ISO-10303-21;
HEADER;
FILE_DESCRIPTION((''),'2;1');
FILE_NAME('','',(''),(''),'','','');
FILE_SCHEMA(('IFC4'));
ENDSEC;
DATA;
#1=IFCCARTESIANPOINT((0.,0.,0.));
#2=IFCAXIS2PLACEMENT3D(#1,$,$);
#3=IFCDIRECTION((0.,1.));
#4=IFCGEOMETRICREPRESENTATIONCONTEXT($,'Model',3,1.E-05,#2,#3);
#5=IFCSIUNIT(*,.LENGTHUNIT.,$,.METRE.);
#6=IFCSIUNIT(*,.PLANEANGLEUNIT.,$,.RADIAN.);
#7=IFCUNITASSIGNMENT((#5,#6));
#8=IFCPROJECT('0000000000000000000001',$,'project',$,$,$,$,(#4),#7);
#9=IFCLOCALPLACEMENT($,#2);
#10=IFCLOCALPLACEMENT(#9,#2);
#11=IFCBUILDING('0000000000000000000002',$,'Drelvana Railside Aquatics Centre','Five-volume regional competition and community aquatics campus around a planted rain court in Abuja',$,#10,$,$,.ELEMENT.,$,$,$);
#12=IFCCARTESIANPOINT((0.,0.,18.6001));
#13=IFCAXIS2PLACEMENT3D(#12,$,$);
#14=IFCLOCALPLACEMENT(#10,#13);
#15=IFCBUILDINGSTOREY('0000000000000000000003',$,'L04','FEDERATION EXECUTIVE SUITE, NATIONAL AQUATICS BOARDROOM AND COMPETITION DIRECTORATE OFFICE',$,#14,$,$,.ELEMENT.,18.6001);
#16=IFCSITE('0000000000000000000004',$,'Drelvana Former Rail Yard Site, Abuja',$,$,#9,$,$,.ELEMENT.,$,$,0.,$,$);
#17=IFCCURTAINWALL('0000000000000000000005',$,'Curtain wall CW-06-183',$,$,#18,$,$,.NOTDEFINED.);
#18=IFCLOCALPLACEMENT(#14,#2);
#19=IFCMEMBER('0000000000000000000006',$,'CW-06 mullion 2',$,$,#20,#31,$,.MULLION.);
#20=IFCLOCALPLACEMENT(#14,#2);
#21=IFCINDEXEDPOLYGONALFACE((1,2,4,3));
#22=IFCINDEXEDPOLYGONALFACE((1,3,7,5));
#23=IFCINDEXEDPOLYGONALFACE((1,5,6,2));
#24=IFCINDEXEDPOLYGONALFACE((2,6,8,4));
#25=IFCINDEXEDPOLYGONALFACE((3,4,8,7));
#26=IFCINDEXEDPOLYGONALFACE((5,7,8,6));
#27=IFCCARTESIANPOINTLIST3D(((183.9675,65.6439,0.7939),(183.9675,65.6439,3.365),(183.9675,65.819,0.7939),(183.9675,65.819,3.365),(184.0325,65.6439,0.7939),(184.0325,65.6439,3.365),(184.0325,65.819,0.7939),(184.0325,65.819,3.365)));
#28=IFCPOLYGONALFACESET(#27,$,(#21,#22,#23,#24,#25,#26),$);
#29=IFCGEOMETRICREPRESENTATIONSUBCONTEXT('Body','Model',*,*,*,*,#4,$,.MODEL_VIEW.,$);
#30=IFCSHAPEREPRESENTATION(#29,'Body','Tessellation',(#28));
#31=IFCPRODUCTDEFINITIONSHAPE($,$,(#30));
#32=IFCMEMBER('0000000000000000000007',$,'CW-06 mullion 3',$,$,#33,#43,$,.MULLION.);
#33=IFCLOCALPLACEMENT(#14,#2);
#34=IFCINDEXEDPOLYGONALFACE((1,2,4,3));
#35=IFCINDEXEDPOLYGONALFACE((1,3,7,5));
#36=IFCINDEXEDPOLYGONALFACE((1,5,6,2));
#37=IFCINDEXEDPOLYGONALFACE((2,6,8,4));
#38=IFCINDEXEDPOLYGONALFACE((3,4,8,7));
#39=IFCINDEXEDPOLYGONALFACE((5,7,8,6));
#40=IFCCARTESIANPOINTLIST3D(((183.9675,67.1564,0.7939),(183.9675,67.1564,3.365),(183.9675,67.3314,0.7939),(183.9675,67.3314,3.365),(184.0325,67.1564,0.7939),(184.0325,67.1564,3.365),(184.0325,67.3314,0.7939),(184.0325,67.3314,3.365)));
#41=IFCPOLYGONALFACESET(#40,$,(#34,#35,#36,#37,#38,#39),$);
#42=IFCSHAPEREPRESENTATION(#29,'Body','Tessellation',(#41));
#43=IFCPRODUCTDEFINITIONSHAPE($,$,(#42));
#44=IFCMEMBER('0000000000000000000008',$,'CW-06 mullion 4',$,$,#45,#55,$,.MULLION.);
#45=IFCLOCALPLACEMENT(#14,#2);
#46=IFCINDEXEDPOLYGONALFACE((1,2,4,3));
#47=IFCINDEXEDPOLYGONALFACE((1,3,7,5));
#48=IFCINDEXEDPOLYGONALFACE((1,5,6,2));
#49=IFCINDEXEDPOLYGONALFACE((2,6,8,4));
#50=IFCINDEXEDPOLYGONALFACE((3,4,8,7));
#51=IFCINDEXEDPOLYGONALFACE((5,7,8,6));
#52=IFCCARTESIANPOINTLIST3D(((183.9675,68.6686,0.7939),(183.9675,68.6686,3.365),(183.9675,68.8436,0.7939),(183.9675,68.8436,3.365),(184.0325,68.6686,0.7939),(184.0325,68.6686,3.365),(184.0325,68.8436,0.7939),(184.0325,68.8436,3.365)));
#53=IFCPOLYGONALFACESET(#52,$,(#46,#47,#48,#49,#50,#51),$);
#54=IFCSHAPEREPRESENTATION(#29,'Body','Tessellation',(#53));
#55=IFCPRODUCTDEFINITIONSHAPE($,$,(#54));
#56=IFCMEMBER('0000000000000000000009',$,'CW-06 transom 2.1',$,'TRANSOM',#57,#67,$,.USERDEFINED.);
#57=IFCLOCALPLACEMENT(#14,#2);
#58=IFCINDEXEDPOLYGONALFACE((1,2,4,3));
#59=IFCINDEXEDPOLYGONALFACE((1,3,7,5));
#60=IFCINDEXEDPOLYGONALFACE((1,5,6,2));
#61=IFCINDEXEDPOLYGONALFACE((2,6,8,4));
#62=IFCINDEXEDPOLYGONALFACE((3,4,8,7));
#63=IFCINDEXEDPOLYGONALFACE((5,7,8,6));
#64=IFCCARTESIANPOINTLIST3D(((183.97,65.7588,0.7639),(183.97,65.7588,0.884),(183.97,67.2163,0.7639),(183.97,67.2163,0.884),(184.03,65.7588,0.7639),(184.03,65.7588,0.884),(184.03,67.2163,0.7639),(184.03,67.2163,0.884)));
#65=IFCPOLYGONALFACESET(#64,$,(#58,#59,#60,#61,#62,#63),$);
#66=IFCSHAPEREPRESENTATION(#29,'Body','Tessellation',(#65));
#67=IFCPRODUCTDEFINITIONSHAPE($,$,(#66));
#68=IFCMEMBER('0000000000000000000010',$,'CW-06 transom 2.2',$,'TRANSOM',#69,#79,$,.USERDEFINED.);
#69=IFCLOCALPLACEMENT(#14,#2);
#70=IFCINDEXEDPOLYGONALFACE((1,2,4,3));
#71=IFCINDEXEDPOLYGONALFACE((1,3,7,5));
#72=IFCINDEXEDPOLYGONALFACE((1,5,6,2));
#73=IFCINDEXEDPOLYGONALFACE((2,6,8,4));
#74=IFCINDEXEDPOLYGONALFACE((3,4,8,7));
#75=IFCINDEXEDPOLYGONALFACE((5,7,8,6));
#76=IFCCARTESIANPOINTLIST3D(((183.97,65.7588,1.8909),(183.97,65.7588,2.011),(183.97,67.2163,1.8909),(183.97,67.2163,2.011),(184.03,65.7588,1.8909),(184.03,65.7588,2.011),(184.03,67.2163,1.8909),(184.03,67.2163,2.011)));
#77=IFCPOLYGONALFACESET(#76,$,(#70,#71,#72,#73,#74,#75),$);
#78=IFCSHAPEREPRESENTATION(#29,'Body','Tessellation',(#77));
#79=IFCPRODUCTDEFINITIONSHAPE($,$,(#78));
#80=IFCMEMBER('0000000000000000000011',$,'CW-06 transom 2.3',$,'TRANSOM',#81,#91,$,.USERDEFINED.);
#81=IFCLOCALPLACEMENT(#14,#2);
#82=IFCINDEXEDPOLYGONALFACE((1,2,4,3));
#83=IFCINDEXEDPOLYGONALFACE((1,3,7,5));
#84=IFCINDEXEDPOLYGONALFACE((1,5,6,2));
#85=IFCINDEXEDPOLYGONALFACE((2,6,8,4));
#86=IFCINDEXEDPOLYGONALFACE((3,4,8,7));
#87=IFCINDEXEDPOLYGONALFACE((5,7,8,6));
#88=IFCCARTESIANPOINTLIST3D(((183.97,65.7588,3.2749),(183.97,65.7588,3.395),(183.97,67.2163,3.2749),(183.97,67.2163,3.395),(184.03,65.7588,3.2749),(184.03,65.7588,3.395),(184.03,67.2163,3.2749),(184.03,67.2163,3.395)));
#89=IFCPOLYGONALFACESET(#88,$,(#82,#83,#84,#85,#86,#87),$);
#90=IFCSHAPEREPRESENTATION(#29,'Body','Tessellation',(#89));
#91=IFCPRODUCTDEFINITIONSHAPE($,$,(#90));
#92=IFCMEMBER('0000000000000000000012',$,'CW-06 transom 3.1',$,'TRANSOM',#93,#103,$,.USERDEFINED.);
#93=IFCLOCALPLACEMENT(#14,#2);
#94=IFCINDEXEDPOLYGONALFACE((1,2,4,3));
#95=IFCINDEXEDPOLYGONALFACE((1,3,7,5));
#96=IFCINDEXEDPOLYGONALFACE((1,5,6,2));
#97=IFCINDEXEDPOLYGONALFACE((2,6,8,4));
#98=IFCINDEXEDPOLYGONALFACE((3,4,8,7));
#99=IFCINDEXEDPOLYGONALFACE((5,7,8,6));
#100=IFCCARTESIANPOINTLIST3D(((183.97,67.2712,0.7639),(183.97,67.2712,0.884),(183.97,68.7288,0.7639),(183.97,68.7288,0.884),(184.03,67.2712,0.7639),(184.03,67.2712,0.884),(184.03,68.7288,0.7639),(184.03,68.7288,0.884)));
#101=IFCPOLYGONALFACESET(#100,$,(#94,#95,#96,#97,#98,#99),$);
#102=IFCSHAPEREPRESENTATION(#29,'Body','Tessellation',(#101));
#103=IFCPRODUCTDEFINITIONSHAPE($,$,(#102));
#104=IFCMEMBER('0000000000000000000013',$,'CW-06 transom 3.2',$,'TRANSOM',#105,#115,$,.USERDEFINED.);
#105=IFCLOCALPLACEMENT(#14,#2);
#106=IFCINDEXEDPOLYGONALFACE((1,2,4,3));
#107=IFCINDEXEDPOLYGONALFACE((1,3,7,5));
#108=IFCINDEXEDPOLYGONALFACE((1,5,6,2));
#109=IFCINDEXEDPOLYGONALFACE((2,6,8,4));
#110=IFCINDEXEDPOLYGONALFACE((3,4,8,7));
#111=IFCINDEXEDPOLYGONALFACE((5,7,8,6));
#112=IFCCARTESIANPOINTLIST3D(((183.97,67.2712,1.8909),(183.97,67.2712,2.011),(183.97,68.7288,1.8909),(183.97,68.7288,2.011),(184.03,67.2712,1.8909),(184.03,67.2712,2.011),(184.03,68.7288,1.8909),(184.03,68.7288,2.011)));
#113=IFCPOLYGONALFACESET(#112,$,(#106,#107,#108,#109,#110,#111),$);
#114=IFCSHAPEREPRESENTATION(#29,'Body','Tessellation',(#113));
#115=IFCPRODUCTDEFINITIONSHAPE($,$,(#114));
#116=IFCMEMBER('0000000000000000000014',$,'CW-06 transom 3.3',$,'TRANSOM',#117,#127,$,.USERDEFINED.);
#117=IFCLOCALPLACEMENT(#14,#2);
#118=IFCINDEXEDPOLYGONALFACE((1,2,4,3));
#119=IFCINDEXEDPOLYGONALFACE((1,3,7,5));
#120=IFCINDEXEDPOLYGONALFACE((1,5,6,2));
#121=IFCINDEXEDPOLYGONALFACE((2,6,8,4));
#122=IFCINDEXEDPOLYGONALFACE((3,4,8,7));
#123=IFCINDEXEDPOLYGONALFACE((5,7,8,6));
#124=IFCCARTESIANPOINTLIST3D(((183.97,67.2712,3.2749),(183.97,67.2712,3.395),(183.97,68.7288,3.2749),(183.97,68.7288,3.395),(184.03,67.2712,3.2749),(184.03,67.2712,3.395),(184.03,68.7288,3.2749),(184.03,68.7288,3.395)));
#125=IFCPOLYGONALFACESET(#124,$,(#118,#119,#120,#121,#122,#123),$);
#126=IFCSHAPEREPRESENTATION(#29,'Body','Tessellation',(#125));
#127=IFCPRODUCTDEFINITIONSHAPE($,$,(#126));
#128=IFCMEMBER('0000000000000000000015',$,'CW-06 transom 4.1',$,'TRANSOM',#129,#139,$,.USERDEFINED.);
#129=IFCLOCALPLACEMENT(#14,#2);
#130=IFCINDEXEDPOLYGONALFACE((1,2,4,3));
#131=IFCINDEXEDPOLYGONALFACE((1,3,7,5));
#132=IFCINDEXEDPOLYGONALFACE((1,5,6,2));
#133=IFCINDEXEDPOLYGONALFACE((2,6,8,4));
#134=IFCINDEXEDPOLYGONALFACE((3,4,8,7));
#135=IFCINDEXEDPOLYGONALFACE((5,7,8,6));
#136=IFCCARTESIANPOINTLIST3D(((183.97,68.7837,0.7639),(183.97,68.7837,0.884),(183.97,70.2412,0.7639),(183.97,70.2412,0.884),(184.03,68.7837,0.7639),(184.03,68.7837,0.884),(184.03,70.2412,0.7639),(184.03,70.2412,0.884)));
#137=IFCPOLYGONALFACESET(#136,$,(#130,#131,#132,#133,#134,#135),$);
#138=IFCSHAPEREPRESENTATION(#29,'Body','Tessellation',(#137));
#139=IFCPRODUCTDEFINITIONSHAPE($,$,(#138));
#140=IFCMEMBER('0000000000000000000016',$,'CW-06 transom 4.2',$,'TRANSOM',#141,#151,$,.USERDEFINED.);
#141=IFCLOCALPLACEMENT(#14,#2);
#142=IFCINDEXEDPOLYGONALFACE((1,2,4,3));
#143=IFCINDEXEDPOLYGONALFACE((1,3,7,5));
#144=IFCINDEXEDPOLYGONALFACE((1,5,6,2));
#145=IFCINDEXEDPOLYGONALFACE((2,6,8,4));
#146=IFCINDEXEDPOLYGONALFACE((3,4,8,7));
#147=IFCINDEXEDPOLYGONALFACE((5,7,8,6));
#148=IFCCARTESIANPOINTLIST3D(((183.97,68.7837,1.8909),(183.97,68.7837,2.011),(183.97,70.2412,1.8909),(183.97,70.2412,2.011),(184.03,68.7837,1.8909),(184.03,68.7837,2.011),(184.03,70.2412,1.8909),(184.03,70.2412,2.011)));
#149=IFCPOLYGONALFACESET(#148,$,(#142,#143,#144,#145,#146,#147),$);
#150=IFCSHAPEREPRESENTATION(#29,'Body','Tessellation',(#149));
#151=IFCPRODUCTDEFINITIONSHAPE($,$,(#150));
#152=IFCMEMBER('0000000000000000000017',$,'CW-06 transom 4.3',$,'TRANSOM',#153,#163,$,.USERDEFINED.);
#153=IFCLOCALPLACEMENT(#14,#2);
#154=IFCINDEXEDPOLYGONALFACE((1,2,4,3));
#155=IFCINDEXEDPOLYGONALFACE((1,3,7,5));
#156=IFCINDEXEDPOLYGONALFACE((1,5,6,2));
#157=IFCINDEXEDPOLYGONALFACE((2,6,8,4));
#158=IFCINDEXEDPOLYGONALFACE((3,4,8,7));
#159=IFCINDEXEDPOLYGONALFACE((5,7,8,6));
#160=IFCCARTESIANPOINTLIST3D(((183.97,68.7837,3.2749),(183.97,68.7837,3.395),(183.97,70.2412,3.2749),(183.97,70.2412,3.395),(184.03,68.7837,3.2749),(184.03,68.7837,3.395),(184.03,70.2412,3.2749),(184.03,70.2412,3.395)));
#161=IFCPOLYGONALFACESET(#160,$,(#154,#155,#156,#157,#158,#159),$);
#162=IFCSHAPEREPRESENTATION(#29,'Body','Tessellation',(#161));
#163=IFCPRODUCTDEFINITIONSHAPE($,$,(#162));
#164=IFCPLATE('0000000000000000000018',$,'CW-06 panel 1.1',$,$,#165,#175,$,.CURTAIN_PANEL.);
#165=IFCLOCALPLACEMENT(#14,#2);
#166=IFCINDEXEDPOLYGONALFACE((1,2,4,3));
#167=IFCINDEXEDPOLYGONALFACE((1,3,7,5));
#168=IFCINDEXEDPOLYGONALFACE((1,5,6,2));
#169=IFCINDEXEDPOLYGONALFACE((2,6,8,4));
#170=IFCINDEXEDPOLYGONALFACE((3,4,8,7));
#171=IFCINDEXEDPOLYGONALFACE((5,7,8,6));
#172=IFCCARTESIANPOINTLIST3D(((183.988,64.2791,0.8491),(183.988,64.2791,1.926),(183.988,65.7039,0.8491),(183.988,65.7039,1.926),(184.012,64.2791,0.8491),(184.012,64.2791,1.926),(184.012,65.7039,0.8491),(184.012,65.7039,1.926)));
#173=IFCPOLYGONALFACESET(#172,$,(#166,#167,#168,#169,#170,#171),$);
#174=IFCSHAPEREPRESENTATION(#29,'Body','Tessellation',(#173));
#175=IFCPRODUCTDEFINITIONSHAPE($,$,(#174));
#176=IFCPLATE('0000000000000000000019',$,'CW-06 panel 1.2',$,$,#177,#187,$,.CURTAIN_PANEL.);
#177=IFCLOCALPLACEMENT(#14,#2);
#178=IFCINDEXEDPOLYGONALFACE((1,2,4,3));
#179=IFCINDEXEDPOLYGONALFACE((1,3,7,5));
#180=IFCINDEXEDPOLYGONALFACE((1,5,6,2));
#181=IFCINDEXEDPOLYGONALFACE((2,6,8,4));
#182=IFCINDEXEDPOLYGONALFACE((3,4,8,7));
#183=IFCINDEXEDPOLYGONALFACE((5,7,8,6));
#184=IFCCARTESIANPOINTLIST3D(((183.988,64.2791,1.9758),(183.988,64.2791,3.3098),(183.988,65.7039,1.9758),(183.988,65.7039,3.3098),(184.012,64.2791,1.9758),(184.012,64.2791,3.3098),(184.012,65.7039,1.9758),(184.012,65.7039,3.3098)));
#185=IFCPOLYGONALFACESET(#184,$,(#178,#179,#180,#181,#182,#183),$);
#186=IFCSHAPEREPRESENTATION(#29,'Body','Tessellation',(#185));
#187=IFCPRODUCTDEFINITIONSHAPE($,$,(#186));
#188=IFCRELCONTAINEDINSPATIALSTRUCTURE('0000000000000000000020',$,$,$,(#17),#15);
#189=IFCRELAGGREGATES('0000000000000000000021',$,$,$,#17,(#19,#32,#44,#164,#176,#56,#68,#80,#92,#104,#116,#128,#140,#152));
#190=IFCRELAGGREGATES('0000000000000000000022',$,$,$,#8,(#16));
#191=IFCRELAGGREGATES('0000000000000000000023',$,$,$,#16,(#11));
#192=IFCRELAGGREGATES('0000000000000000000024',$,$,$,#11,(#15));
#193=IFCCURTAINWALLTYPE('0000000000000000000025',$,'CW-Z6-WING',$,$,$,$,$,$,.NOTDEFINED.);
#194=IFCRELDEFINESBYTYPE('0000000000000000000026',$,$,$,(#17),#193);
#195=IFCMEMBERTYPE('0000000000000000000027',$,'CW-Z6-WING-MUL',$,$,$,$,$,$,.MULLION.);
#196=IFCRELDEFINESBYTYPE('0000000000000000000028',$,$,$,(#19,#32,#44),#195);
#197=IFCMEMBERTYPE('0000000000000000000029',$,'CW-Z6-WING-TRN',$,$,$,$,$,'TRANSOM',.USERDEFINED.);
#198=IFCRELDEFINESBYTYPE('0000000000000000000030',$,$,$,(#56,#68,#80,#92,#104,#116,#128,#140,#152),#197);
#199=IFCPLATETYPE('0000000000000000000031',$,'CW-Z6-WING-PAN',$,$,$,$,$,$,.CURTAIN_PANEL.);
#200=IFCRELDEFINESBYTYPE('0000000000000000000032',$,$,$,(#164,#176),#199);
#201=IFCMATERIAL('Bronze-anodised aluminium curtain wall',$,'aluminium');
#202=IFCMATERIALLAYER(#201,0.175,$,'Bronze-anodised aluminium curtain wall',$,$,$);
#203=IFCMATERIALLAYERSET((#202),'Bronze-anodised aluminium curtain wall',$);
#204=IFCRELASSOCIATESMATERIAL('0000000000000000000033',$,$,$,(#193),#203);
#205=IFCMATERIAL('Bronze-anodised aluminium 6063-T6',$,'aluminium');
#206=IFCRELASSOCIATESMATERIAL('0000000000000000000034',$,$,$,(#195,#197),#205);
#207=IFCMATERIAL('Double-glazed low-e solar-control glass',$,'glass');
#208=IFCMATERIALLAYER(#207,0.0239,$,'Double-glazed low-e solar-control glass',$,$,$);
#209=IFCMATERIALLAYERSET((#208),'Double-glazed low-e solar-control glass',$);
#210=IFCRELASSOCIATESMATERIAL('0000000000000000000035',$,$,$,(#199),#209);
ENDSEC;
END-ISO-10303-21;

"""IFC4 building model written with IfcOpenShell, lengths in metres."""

from ifc_helpers import new_model, si_unit, direction, frame, origin, origin_2d, place, context, subcontext, project, spatial, rectangle, extrude, material, layer, layer_set, material_profile, profile_set, type_object, element, aggregate, save


model = new_model("IFC4")

# Units and contexts
model_context = context("Model", 3, precision=1e-05, world=origin(), true_north=direction((0.0, 1.0)))
body_context = subcontext(model_context, "Body", "Model", "MODEL_VIEW")
ifc_project = project(units=[si_unit("LENGTHUNIT", "METRE"), si_unit("PLANEANGLEUNIT", "RADIAN")], contexts=[model_context])

# Site, building, storey
site_placement = place(None, origin())
site = spatial("IfcSite", under=ifc_project, at=site_placement, Name="Drelvana Former Rail Yard Site, Abuja", CompositionType="ELEMENT", RefElevation=0.0)
building_placement = place(site_placement, origin())
building = spatial("IfcBuilding", under=site, at=building_placement, Name="Drelvana Railside Aquatics Centre", Description="Five-volume regional competition and community aquatics campus around a planted rain court in Abuja", CompositionType="ELEMENT")
storey_placement = place(building_placement, frame((0.0, 0.0, 18.6001)))
storey = spatial("IfcBuildingStorey", under=building, at=storey_placement, Name="L04", Description="FEDERATION EXECUTIVE SUITE, NATIONAL AQUATICS BOARDROOM AND COMPETITION DIRECTORATE OFFICE", CompositionType="ELEMENT", Elevation=18.6001)

# Curtain wall, members, plates
ifc_material_1 = material(Name="Bronze-anodised aluminium curtain wall", Category="aluminium")
ifc_layer_1 = layer(ifc_material_1, 0.175, Name="Bronze-anodised aluminium curtain wall")
ifc_layer_set_1 = layer_set([ifc_layer_1], Name="Bronze-anodised aluminium curtain wall")
curtain_wall_type = type_object("IfcCurtainWallType", Name="CW-Z6-WING", PredefinedType="NOTDEFINED", material=ifc_layer_set_1)
curtain_wall_placement = place(storey_placement, origin())
curtain_wall = element("IfcCurtainWall", 1, at=curtain_wall_placement, inside=storey, type_object=curtain_wall_type, Name="Curtain wall CW-06-183", PredefinedType="NOTDEFINED")
ifc_material_2 = material(Name="Bronze-anodised aluminium 6063-T6", Category="aluminium")
ifc_material_profile_1 = material_profile(ifc_material_2, rectangle(XDim=0.0649, YDim=0.175, at=origin_2d()), Name="ALU-M 65x175")
ifc_profile_set_1 = profile_set([ifc_material_profile_1], Name="Bronze-anodised aluminium 6063-T6")
member_type_1 = type_object("IfcMemberType", Name="CW-Z6-WING-MUL", PredefinedType="MULLION", material=ifc_profile_set_1)
member_1_placement = place(storey_placement, frame((184.0, 65.7314, 0.7939), z_axis=(0.0, 0.0, 1.0), x_axis=(-1.0, 0.0, 0.0)))
member_1 = element("IfcMember", 2, at=member_1_placement, type_object=member_type_1, Name="CW-06 mullion 2", PredefinedType="MULLION", context=body_context, shape_type="SweptSolid", body=[
    extrude(rectangle(XDim=0.0649, YDim=0.175, at=origin_2d()), origin(), (0.0, 0.0, 1.0), 2.571),
])
member_2_placement = place(storey_placement, frame((184.0, 67.2439, 0.7939), z_axis=(0.0, 0.0, 1.0), x_axis=(-1.0, 0.0, 0.0)))
member_2 = element("IfcMember", 3, at=member_2_placement, type_object=member_type_1, Name="CW-06 mullion 3", PredefinedType="MULLION", context=body_context, shape_type="SweptSolid", body=[
    extrude(rectangle(XDim=0.0649, YDim=0.175, at=origin_2d()), origin(), (0.0, 0.0, 1.0), 2.571),
])
member_3_placement = place(storey_placement, frame((184.0, 68.7561, 0.7939), z_axis=(0.0, 0.0, 1.0), x_axis=(-1.0, 0.0, 0.0)))
member_3 = element("IfcMember", 4, at=member_3_placement, type_object=member_type_1, Name="CW-06 mullion 4", PredefinedType="MULLION", context=body_context, shape_type="SweptSolid", body=[
    extrude(rectangle(XDim=0.0649, YDim=0.175, at=origin_2d()), origin(), (0.0, 0.0, 1.0), 2.571),
])
ifc_material_profile_2 = material_profile(ifc_material_2, rectangle(XDim=0.1201, YDim=0.0601, at=origin_2d()), Name="ALU-T 60x120")
ifc_profile_set_2 = profile_set([ifc_material_profile_2], Name="Bronze-anodised aluminium 6063-T6")
member_type_2 = type_object("IfcMemberType", Name="CW-Z6-WING-TRN", ElementType="TRANSOM", PredefinedType="USERDEFINED", material=ifc_profile_set_2)
member_4_placement = place(storey_placement, frame((184.0, 65.7588, 0.824), z_axis=(0.0, 1.0, 0.0), x_axis=(0.0, 0.0, 1.0)))
member_4 = element("IfcMember", 5, at=member_4_placement, type_object=member_type_2, Name="CW-06 transom 2.1", ObjectType="TRANSOM", PredefinedType="USERDEFINED", context=body_context, shape_type="SweptSolid", body=[
    extrude(rectangle(XDim=0.1201, YDim=0.0601, at=origin_2d()), origin(), (0.0, 0.0, 1.0), 1.4575),
])
member_5_placement = place(storey_placement, frame((184.0, 65.7588, 1.9509), z_axis=(0.0, 1.0, 0.0), x_axis=(0.0, 0.0, 1.0)))
member_5 = element("IfcMember", 6, at=member_5_placement, type_object=member_type_2, Name="CW-06 transom 2.2", ObjectType="TRANSOM", PredefinedType="USERDEFINED", context=body_context, shape_type="SweptSolid", body=[
    extrude(rectangle(XDim=0.1201, YDim=0.0601, at=origin_2d()), origin(), (0.0, 0.0, 1.0), 1.4575),
])
member_6_placement = place(storey_placement, frame((184.0, 65.7588, 3.335), z_axis=(0.0, 1.0, 0.0), x_axis=(0.0, 0.0, 1.0)))
member_6 = element("IfcMember", 7, at=member_6_placement, type_object=member_type_2, Name="CW-06 transom 2.3", ObjectType="TRANSOM", PredefinedType="USERDEFINED", context=body_context, shape_type="SweptSolid", body=[
    extrude(rectangle(XDim=0.1201, YDim=0.0601, at=origin_2d()), origin(), (0.0, 0.0, 1.0), 1.4575),
])
member_7_placement = place(storey_placement, frame((184.0, 67.2712, 0.824), z_axis=(0.0, 1.0, 0.0), x_axis=(0.0, 0.0, 1.0)))
member_7 = element("IfcMember", 8, at=member_7_placement, type_object=member_type_2, Name="CW-06 transom 3.1", ObjectType="TRANSOM", PredefinedType="USERDEFINED", context=body_context, shape_type="SweptSolid", body=[
    extrude(rectangle(XDim=0.1201, YDim=0.0601, at=origin_2d()), origin(), (0.0, 0.0, 1.0), 1.4575),
])
member_8_placement = place(storey_placement, frame((184.0, 67.2712, 1.9509), z_axis=(0.0, 1.0, 0.0), x_axis=(0.0, 0.0, 1.0)))
member_8 = element("IfcMember", 9, at=member_8_placement, type_object=member_type_2, Name="CW-06 transom 3.2", ObjectType="TRANSOM", PredefinedType="USERDEFINED", context=body_context, shape_type="SweptSolid", body=[
    extrude(rectangle(XDim=0.1201, YDim=0.0601, at=origin_2d()), origin(), (0.0, 0.0, 1.0), 1.4575),
])
member_9_placement = place(storey_placement, frame((184.0, 67.2712, 3.335), z_axis=(0.0, 1.0, 0.0), x_axis=(0.0, 0.0, 1.0)))
member_9 = element("IfcMember", 10, at=member_9_placement, type_object=member_type_2, Name="CW-06 transom 3.3", ObjectType="TRANSOM", PredefinedType="USERDEFINED", context=body_context, shape_type="SweptSolid", body=[
    extrude(rectangle(XDim=0.1201, YDim=0.0601, at=origin_2d()), origin(), (0.0, 0.0, 1.0), 1.4575),
])
member_10_placement = place(storey_placement, frame((184.0, 68.7837, 0.824), z_axis=(0.0, 1.0, 0.0), x_axis=(0.0, 0.0, 1.0)))
member_10 = element("IfcMember", 11, at=member_10_placement, type_object=member_type_2, Name="CW-06 transom 4.1", ObjectType="TRANSOM", PredefinedType="USERDEFINED", context=body_context, shape_type="SweptSolid", body=[
    extrude(rectangle(XDim=0.1201, YDim=0.0601, at=origin_2d()), origin(), (0.0, 0.0, 1.0), 1.4575),
])
member_11_placement = place(storey_placement, frame((184.0, 68.7837, 1.9509), z_axis=(0.0, 1.0, 0.0), x_axis=(0.0, 0.0, 1.0)))
member_11 = element("IfcMember", 12, at=member_11_placement, type_object=member_type_2, Name="CW-06 transom 4.2", ObjectType="TRANSOM", PredefinedType="USERDEFINED", context=body_context, shape_type="SweptSolid", body=[
    extrude(rectangle(XDim=0.1201, YDim=0.0601, at=origin_2d()), origin(), (0.0, 0.0, 1.0), 1.4575),
])
member_12_placement = place(storey_placement, frame((184.0, 68.7837, 3.335), z_axis=(0.0, 1.0, 0.0), x_axis=(0.0, 0.0, 1.0)))
member_12 = element("IfcMember", 13, at=member_12_placement, type_object=member_type_2, Name="CW-06 transom 4.3", ObjectType="TRANSOM", PredefinedType="USERDEFINED", context=body_context, shape_type="SweptSolid", body=[
    extrude(rectangle(XDim=0.1201, YDim=0.0601, at=origin_2d()), origin(), (0.0, 0.0, 1.0), 1.4575),
])
ifc_material_3 = material(Name="Double-glazed low-e solar-control glass", Category="glass")
ifc_layer_2 = layer(ifc_material_3, 0.0239, Name="Double-glazed low-e solar-control glass")
ifc_layer_set_2 = layer_set([ifc_layer_2], Name="Double-glazed low-e solar-control glass")
plate_type = type_object("IfcPlateType", Name="CW-Z6-WING-PAN", PredefinedType="CURTAIN_PANEL", material=ifc_layer_set_2)
plate_1_placement = place(storey_placement, frame((184.0, 64.9915, 0.8491), z_axis=(0.0, 0.0, 1.0), x_axis=(0.0, 1.0, 0.0)))
plate_1 = element("IfcPlate", 14, at=plate_1_placement, type_object=plate_type, Name="CW-06 panel 1.1", PredefinedType="CURTAIN_PANEL", context=body_context, shape_type="SweptSolid", body=[
    extrude(rectangle(XDim=1.4248, YDim=0.0239, at=origin_2d()), origin(), (0.0, 0.0, 1.0), 1.0769),
])
plate_2_placement = place(storey_placement, frame((184.0, 64.9915, 1.9758), z_axis=(0.0, 0.0, 1.0), x_axis=(0.0, 1.0, 0.0)))
plate_2 = element("IfcPlate", 15, at=plate_2_placement, type_object=plate_type, Name="CW-06 panel 1.2", PredefinedType="CURTAIN_PANEL", context=body_context, shape_type="SweptSolid", body=[
    extrude(rectangle(XDim=1.4248, YDim=0.0239, at=origin_2d()), origin(), (0.0, 0.0, 1.0), 1.334),
])
aggregate(curtain_wall, [member_1, member_2, member_3, plate_1, plate_2, member_4, member_5, member_6, member_7, member_8, member_9, member_10, member_11, member_12])

save(model, "model.ifc")
